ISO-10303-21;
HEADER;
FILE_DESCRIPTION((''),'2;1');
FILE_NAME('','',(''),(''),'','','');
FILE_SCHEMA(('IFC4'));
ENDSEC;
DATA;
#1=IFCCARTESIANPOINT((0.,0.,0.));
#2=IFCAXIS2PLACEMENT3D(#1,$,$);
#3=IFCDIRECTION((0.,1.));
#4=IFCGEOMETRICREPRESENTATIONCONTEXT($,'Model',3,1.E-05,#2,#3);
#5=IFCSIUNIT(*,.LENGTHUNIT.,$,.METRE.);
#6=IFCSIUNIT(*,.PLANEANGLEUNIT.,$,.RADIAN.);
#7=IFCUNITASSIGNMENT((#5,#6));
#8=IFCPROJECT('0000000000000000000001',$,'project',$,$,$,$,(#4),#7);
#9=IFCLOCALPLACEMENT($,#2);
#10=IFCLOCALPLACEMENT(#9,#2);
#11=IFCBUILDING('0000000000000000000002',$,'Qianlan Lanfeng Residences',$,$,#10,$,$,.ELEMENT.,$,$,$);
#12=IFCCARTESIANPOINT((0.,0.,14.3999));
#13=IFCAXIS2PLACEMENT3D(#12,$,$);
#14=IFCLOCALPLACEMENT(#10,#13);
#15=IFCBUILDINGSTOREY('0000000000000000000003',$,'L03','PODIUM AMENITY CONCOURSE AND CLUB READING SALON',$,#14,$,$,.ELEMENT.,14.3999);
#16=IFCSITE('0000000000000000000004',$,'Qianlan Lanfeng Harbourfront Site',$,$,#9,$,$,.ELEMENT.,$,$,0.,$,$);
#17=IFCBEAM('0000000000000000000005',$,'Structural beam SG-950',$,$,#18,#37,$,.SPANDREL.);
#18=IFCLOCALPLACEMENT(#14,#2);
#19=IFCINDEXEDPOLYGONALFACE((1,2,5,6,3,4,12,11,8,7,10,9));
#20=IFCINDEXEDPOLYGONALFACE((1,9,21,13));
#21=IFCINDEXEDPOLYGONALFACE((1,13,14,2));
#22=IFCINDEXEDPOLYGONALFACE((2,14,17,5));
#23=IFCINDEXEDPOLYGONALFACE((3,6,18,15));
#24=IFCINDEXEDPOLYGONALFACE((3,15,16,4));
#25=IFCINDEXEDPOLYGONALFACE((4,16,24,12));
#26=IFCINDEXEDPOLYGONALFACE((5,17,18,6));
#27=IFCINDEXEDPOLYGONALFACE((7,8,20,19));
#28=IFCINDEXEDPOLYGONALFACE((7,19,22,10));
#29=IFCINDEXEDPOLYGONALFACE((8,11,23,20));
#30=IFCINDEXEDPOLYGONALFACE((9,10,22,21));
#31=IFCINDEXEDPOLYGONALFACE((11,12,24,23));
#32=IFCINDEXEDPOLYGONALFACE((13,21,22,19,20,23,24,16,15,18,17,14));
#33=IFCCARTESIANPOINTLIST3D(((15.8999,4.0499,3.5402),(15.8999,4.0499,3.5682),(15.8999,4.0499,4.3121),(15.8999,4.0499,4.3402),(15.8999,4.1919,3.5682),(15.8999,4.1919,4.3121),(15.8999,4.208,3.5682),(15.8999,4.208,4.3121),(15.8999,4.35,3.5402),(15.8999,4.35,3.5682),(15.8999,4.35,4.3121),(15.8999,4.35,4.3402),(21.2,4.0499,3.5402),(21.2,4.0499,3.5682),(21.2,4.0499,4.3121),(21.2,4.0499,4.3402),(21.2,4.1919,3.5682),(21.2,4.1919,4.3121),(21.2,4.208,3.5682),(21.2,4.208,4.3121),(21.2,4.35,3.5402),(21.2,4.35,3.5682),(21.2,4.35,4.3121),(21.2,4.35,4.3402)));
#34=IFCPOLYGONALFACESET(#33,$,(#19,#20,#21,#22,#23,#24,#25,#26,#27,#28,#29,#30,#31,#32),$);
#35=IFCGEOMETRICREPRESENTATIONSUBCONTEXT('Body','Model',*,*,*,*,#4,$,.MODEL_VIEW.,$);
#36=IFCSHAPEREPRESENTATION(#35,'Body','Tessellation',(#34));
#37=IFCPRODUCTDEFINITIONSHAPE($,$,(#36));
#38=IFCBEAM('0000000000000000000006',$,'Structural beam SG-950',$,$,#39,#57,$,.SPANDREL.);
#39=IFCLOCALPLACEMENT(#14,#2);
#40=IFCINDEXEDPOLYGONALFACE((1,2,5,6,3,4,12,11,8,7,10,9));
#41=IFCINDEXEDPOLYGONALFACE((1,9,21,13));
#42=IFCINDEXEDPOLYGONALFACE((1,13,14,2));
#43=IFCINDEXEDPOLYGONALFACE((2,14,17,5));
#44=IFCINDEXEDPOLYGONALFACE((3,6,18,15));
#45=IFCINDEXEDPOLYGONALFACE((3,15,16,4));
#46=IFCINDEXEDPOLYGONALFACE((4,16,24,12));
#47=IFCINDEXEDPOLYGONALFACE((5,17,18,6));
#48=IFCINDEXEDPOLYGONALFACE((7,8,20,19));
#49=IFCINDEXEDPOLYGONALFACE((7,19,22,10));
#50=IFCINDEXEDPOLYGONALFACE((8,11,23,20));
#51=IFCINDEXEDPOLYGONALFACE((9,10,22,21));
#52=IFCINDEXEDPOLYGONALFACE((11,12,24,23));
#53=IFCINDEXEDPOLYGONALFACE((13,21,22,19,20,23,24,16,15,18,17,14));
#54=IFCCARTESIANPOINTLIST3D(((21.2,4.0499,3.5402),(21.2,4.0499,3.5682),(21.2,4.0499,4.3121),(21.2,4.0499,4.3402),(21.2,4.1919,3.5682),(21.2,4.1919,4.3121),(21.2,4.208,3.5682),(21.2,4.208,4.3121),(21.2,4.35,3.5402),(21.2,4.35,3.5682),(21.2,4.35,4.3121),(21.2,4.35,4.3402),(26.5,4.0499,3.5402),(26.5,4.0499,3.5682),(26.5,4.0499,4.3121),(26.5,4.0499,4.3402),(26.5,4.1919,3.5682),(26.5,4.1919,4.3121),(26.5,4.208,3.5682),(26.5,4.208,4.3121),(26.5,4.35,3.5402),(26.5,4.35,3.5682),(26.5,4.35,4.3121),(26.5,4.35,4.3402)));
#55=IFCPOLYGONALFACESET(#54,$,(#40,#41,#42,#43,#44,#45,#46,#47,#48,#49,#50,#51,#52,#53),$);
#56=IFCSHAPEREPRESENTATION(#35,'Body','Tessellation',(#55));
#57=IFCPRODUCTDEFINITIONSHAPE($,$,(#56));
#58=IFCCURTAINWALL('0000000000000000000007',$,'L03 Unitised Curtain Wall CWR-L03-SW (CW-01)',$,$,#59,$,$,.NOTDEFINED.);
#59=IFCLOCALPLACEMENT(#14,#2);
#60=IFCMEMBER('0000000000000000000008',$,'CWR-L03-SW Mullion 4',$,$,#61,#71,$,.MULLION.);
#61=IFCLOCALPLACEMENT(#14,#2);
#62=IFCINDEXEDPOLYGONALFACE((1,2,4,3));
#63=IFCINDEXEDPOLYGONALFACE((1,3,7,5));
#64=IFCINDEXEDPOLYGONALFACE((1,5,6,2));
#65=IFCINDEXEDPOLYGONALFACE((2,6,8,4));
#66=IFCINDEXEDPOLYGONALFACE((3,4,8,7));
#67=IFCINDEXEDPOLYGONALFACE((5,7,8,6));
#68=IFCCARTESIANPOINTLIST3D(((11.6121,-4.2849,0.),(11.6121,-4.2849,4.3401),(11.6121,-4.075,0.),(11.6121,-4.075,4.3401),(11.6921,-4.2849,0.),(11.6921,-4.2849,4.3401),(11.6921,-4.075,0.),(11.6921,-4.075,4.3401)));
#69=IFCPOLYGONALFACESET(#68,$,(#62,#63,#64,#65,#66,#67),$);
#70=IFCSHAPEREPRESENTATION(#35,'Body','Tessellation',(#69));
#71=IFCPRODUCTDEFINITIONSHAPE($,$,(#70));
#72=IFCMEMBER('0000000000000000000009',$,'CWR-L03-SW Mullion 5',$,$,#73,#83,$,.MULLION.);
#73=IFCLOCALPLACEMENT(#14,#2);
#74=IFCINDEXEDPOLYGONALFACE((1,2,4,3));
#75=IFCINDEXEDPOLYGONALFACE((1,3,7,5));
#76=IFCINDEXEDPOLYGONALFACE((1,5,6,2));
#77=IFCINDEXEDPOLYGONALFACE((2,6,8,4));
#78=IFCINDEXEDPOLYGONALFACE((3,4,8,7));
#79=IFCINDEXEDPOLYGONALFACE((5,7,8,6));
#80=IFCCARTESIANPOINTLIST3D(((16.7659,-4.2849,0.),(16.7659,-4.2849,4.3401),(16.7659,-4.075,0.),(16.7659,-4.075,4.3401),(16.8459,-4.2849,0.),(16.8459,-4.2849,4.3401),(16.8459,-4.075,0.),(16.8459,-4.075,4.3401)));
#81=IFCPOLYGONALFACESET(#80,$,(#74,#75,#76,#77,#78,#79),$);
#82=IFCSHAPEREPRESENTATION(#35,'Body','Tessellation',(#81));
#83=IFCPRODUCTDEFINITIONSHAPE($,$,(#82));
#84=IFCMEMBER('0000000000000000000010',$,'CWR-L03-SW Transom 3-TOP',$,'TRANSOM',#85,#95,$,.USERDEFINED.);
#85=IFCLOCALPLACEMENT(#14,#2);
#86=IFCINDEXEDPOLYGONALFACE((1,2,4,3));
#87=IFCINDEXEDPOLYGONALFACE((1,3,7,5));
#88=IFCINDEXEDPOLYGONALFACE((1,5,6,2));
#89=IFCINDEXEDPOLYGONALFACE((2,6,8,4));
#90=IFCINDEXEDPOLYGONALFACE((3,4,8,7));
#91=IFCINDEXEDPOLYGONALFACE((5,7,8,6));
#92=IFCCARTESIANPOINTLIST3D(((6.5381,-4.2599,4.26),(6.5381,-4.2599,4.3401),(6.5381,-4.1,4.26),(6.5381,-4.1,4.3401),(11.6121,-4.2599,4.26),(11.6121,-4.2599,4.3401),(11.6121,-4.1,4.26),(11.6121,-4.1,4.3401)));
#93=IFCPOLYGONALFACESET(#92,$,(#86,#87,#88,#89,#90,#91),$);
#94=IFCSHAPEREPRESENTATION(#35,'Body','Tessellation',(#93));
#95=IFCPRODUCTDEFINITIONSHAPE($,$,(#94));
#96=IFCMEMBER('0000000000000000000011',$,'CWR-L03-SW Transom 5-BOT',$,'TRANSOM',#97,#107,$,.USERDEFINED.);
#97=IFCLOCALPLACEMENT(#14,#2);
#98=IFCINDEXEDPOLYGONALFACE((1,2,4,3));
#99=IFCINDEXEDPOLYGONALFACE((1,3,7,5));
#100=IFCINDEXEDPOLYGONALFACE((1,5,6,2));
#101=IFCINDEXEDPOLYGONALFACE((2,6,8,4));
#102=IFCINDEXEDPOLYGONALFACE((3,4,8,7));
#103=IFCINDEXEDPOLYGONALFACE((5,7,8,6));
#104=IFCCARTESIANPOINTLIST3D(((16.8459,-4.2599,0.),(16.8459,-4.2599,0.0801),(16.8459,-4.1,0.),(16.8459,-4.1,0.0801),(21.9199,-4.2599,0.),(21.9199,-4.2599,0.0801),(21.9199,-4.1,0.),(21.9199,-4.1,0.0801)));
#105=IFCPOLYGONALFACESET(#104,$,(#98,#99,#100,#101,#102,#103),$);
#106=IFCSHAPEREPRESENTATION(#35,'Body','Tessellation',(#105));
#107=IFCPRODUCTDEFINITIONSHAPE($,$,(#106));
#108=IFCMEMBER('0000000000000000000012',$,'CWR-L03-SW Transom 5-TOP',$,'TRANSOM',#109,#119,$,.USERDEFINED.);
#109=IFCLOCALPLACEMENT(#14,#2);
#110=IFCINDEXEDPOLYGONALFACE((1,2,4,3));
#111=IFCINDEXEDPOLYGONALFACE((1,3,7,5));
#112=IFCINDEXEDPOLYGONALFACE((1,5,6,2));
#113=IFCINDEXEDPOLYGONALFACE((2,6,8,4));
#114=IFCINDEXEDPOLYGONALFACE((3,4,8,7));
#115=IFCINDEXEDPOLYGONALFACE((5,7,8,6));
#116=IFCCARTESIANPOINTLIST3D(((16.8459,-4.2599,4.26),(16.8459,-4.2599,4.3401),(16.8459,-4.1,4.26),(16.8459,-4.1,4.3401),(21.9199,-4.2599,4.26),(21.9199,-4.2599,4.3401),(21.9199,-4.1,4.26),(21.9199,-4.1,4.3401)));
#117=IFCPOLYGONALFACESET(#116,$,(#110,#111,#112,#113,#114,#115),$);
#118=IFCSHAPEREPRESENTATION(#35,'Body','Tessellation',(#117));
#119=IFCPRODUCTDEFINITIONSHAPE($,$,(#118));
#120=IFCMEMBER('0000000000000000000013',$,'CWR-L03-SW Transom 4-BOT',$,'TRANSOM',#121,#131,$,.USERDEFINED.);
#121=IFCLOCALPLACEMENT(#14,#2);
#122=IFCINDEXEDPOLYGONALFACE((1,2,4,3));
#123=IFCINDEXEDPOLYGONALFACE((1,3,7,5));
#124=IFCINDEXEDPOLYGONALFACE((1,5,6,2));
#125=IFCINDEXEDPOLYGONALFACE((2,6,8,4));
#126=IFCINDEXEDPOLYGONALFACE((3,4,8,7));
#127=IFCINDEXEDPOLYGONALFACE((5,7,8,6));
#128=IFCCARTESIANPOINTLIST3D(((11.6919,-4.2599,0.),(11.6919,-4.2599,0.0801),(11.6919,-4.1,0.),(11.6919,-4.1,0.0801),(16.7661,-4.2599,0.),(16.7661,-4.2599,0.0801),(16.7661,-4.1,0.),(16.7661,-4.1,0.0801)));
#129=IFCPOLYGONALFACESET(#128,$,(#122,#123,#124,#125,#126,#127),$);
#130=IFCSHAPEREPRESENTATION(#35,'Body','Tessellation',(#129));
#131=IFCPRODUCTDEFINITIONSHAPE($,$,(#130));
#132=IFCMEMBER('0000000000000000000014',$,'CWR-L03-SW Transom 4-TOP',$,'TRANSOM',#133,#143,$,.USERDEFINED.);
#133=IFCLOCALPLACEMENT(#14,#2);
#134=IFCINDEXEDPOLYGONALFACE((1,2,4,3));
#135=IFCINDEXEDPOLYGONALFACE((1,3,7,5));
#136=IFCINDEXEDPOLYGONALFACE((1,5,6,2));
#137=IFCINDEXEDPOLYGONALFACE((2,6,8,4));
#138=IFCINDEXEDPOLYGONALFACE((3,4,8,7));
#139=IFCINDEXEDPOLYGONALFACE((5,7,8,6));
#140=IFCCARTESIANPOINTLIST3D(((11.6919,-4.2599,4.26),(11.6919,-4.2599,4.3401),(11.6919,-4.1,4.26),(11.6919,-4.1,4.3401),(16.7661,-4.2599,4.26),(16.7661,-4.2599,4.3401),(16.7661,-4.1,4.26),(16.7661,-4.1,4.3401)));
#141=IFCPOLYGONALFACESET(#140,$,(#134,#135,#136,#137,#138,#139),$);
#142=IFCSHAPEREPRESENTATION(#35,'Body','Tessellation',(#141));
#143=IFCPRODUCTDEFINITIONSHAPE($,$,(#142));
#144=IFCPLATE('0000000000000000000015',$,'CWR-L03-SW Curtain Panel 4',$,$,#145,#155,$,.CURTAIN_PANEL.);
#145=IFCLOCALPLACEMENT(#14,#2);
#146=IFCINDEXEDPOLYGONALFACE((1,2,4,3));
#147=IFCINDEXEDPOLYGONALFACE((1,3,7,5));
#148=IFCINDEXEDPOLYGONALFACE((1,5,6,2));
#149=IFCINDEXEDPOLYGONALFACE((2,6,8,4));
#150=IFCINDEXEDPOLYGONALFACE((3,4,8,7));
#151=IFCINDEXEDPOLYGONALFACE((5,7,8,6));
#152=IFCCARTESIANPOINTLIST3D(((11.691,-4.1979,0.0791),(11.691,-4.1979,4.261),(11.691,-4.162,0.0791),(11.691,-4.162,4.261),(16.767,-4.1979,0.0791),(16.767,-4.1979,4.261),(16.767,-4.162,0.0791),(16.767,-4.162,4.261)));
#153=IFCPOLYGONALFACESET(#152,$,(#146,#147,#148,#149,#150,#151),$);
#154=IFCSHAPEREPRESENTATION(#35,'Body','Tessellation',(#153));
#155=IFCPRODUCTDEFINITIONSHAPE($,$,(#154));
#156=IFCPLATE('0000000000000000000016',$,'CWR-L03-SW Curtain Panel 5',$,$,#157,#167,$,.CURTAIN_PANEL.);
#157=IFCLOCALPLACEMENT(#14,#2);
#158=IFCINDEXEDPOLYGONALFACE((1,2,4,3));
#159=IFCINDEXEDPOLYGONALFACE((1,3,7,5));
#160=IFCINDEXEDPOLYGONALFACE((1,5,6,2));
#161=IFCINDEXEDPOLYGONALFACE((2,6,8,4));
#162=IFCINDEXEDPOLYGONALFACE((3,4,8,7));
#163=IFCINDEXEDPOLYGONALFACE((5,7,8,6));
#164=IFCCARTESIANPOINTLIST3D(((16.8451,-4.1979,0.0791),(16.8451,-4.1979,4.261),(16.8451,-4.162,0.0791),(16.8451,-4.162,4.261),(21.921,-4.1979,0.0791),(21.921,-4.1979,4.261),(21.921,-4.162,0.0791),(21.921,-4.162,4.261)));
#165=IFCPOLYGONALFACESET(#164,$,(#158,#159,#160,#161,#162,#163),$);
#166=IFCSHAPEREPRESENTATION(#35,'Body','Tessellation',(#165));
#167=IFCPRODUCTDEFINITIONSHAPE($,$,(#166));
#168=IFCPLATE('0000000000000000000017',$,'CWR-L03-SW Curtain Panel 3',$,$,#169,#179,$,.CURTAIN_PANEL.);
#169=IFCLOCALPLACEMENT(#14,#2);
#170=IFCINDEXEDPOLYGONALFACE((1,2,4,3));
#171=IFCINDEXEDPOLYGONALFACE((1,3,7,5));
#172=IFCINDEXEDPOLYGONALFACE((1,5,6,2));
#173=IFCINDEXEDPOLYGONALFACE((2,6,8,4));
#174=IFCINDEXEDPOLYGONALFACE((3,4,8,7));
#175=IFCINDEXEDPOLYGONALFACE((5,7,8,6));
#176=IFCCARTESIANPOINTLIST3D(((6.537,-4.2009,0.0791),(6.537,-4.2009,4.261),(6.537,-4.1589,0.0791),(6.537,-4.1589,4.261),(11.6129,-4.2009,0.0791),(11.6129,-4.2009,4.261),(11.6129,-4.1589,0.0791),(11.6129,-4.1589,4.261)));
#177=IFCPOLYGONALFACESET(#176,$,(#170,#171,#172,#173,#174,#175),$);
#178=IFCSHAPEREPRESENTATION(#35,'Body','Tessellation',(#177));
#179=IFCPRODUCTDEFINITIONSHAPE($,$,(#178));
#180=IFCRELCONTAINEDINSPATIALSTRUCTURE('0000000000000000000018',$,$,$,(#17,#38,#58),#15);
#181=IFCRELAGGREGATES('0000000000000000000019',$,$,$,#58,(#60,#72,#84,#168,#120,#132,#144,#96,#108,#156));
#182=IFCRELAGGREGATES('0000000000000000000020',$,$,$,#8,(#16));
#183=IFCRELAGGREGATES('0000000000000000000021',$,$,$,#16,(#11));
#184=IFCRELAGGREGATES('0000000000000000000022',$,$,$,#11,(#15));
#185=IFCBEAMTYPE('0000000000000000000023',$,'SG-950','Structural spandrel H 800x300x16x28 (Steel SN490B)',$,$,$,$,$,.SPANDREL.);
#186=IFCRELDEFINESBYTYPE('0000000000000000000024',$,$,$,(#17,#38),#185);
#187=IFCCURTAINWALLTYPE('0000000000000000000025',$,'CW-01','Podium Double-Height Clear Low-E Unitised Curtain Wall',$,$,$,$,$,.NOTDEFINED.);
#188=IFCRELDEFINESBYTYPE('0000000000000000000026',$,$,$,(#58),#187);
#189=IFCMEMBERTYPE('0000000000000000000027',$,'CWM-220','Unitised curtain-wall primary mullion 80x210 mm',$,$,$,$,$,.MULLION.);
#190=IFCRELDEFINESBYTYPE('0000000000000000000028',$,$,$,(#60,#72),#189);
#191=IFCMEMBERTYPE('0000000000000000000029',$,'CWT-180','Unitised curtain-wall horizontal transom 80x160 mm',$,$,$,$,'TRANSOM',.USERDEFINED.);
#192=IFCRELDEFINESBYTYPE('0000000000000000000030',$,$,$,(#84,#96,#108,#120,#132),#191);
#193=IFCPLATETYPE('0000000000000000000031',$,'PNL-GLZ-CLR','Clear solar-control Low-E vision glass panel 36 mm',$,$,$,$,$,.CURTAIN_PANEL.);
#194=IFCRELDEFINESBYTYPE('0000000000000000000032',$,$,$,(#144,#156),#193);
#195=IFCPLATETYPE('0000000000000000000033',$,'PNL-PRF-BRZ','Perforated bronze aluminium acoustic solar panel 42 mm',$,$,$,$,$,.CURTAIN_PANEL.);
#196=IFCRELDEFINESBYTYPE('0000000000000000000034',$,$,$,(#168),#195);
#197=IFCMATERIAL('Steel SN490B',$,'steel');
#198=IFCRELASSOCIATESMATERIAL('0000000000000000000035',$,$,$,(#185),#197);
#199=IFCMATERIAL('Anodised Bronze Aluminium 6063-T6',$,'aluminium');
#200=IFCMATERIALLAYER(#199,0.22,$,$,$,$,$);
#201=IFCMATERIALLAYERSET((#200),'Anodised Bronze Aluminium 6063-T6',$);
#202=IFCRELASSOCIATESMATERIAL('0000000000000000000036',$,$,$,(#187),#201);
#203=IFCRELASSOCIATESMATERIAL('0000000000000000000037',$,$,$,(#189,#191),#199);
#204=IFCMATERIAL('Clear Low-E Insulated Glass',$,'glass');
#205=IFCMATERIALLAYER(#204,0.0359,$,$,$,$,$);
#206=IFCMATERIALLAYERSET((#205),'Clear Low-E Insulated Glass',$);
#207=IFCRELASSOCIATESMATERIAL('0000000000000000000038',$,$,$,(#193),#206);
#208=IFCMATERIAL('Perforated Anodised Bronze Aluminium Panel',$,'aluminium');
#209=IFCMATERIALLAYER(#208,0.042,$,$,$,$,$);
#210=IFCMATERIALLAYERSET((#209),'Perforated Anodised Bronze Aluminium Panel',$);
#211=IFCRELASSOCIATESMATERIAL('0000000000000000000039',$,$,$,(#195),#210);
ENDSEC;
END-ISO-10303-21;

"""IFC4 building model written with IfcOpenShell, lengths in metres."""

from ifc_helpers import new_model, si_unit, direction, frame, origin, origin_2d, place, context, subcontext, project, spatial, rectangle, i_section, extrude, source, transform, mapped, material, layer, layer_set, material_profile, profile_set, type_object, element, aggregate, save


model = new_model("IFC4")

# Units and contexts
model_context = context("Model", 3, precision=1e-05, world=origin(), true_north=direction((0.0, 1.0)))
body_context = subcontext(model_context, "Body", "Model", "MODEL_VIEW")
ifc_project = project(units=[si_unit("LENGTHUNIT", "METRE"), si_unit("PLANEANGLEUNIT", "RADIAN")], contexts=[model_context])

# Site, building, storey
site_placement = place(None, origin())
site = spatial("IfcSite", under=ifc_project, at=site_placement, Name="Qianlan Lanfeng Harbourfront Site", CompositionType="ELEMENT", RefElevation=0.0)
building_placement = place(site_placement, origin())
building = spatial("IfcBuilding", under=site, at=building_placement, Name="Qianlan Lanfeng Residences", CompositionType="ELEMENT")
storey_placement = place(building_placement, frame((0.0, 0.0, 14.3999)))
storey = spatial("IfcBuildingStorey", under=building, at=storey_placement, Name="L03", Description="PODIUM AMENITY CONCOURSE AND CLUB READING SALON", CompositionType="ELEMENT", Elevation=14.3999)

# Beams
ifc_material_1 = material(Name="Steel SN490B", Category="steel")
ifc_material_profile_1 = material_profile(ifc_material_1, i_section(OverallWidth=0.3, OverallDepth=0.8, WebThickness=0.0161, FlangeThickness=0.0281, at=origin_2d()), Name="H 800x300x16x28")
ifc_profile_set_1 = profile_set([ifc_material_profile_1], Name="Steel SN490B")
beam_type_1 = type_object("IfcBeamType", Name="SG-950", Description="Structural spandrel H 800x300x16x28 (Steel SN490B)", PredefinedType="SPANDREL", material=ifc_profile_set_1)
for number, where, z_axis, x_axis, name in (
    (1, (15.8999, 4.2, 3.9402), (1.0, 0.0, 0.0), (0.0, 1.0, 0.0), "Structural beam SG-950"),
    (2, (21.2, 4.2, 3.9402), (1.0, 0.0, 0.0), (0.0, 1.0, 0.0), "Structural beam SG-950"),
):
    element("IfcBeam", number, at=place(storey_placement, frame(where, z_axis=z_axis, x_axis=x_axis)), inside=storey, type_object=beam_type_1, Name=name, PredefinedType="SPANDREL", context=body_context, shape_type="SweptSolid", body=[
        extrude(i_section(OverallWidth=0.3, OverallDepth=0.8, WebThickness=0.0161, FlangeThickness=0.0281, at=origin_2d()), origin(), (0.0, 0.0, 1.0), 5.3),
    ])

# Curtain wall, members, plates
ifc_material_2 = material(Name="Anodised Bronze Aluminium 6063-T6", Category="aluminium")
ifc_layer_1 = layer(ifc_material_2, 0.22)
ifc_layer_set_1 = layer_set([ifc_layer_1], Name="Anodised Bronze Aluminium 6063-T6")
curtain_wall_type = type_object("IfcCurtainWallType", Name="CW-01", Description="Podium Double-Height Clear Low-E Unitised Curtain Wall", PredefinedType="NOTDEFINED", material=ifc_layer_set_1)
curtain_wall_placement = place(storey_placement, origin())
curtain_wall = element("IfcCurtainWall", 3, at=curtain_wall_placement, inside=storey, type_object=curtain_wall_type, Name="L03 Unitised Curtain Wall CWR-L03-SW (CW-01)", PredefinedType="NOTDEFINED")
ifc_material_profile_2 = material_profile(ifc_material_2, rectangle(XDim=0.0801, YDim=0.21, at=origin_2d()), Name="ALU MULLION 80x210")
ifc_profile_set_2 = profile_set([ifc_material_profile_2], Name="Anodised Bronze Aluminium 6063-T6")
member_type_1 = type_object("IfcMemberType", Name="CWM-220", Description="Unitised curtain-wall primary mullion 80x210 mm", PredefinedType="MULLION", material=ifc_profile_set_2)
shared_shape_1 = source(origin(), body_context, "Body", "SweptSolid", [
    extrude(rectangle(XDim=0.0801, YDim=0.21, at=origin_2d()), origin(), (0.0, 0.0, 1.0), 4.3401),
])
member_1_placement = place(storey_placement, frame((11.6521, -4.1799, 0.0), z_axis=(0.0, 0.0, 1.0), x_axis=(1.0, 0.0, 0.0)))
member_1 = element("IfcMember", 4, at=member_1_placement, type_object=member_type_1, Name="CWR-L03-SW Mullion 4", PredefinedType="MULLION", context=body_context, shape_type="MappedRepresentation", body=[
    mapped(shared_shape_1, transform((0.0, 0.0, 0.0), scale=1.0)),
])
member_2_placement = place(storey_placement, frame((16.8059, -4.1799, 0.0), z_axis=(0.0, 0.0, 1.0), x_axis=(1.0, 0.0, 0.0)))
member_2 = element("IfcMember", 5, at=member_2_placement, type_object=member_type_1, Name="CWR-L03-SW Mullion 5", PredefinedType="MULLION", context=body_context, shape_type="MappedRepresentation", body=[
    mapped(shared_shape_1, transform((0.0, 0.0, 0.0), scale=1.0)),
])
ifc_material_profile_3 = material_profile(ifc_material_2, rectangle(XDim=0.0801, YDim=0.1599, at=origin_2d()), Name="ALU TRANSOM 80x160")
ifc_profile_set_3 = profile_set([ifc_material_profile_3], Name="Anodised Bronze Aluminium 6063-T6")
member_type_2 = type_object("IfcMemberType", Name="CWT-180", Description="Unitised curtain-wall horizontal transom 80x160 mm", ElementType="TRANSOM", PredefinedType="USERDEFINED", material=ifc_profile_set_3)
shared_shape_2 = source(origin(), body_context, "Body", "SweptSolid", [
    extrude(rectangle(XDim=0.0801, YDim=0.1599, at=origin_2d()), origin(), (0.0, 0.0, 1.0), 5.074),
])
member_3_placement = place(storey_placement, frame((6.5381, -4.1799, 4.3), z_axis=(1.0, 0.0, 0.0), x_axis=(0.0, 0.0, 1.0)))
member_3 = element("IfcMember", 6, at=member_3_placement, type_object=member_type_2, Name="CWR-L03-SW Transom 3-TOP", ObjectType="TRANSOM", PredefinedType="USERDEFINED", context=body_context, shape_type="MappedRepresentation", body=[
    mapped(shared_shape_2, transform((0.0, 0.0, 0.0), scale=1.0)),
])
member_4_placement = place(storey_placement, frame((16.8459, -4.1799, 0.04), z_axis=(1.0, 0.0, 0.0), x_axis=(0.0, 0.0, 1.0)))
member_4 = element("IfcMember", 7, at=member_4_placement, type_object=member_type_2, Name="CWR-L03-SW Transom 5-BOT", ObjectType="TRANSOM", PredefinedType="USERDEFINED", context=body_context, shape_type="MappedRepresentation", body=[
    mapped(shared_shape_2, transform((0.0, 0.0, 0.0), scale=1.0)),
])
member_5_placement = place(storey_placement, frame((16.8459, -4.1799, 4.3), z_axis=(1.0, 0.0, 0.0), x_axis=(0.0, 0.0, 1.0)))
member_5 = element("IfcMember", 8, at=member_5_placement, type_object=member_type_2, Name="CWR-L03-SW Transom 5-TOP", ObjectType="TRANSOM", PredefinedType="USERDEFINED", context=body_context, shape_type="MappedRepresentation", body=[
    mapped(shared_shape_2, transform((0.0, 0.0, 0.0), scale=1.0)),
])
shared_shape_3 = source(origin(), body_context, "Body", "SweptSolid", [
    extrude(rectangle(XDim=0.0801, YDim=0.1599, at=origin_2d()), origin(), (0.0, 0.0, 1.0), 5.0742),
])
member_6_placement = place(storey_placement, frame((11.6919, -4.1799, 0.04), z_axis=(1.0, 0.0, 0.0), x_axis=(0.0, 0.0, 1.0)))
member_6 = element("IfcMember", 9, at=member_6_placement, type_object=member_type_2, Name="CWR-L03-SW Transom 4-BOT", ObjectType="TRANSOM", PredefinedType="USERDEFINED", context=body_context, shape_type="MappedRepresentation", body=[
    mapped(shared_shape_3, transform((0.0, 0.0, 0.0), scale=1.0)),
])
member_7_placement = place(storey_placement, frame((11.6919, -4.1799, 4.3), z_axis=(1.0, 0.0, 0.0), x_axis=(0.0, 0.0, 1.0)))
member_7 = element("IfcMember", 10, at=member_7_placement, type_object=member_type_2, Name="CWR-L03-SW Transom 4-TOP", ObjectType="TRANSOM", PredefinedType="USERDEFINED", context=body_context, shape_type="MappedRepresentation", body=[
    mapped(shared_shape_3, transform((0.0, 0.0, 0.0), scale=1.0)),
])
ifc_material_3 = material(Name="Clear Low-E Insulated Glass", Category="glass")
ifc_layer_2 = layer(ifc_material_3, 0.0359)
ifc_layer_set_2 = layer_set([ifc_layer_2], Name="Clear Low-E Insulated Glass")
plate_type_1 = type_object("IfcPlateType", Name="PNL-GLZ-CLR", Description="Clear solar-control Low-E vision glass panel 36 mm", PredefinedType="CURTAIN_PANEL", material=ifc_layer_set_2)
shared_shape_4 = source(origin(), body_context, "Body", "SweptSolid", [
    extrude(rectangle(XDim=5.0759, YDim=0.0359, at=origin_2d()), origin(), (0.0, 0.0, 1.0), 4.1819),
])
plate_1_placement = place(storey_placement, frame((14.229, -4.1799, 0.0791), z_axis=(0.0, 0.0, 1.0), x_axis=(1.0, 0.0, 0.0)))
plate_1 = element("IfcPlate", 11, at=plate_1_placement, type_object=plate_type_1, Name="CWR-L03-SW Curtain Panel 4", PredefinedType="CURTAIN_PANEL", context=body_context, shape_type="MappedRepresentation", body=[
    mapped(shared_shape_4, transform((0.0, 0.0, 0.0), scale=1.0)),
])
plate_2_placement = place(storey_placement, frame((19.3831, -4.1799, 0.0791), z_axis=(0.0, 0.0, 1.0), x_axis=(1.0, 0.0, 0.0)))
plate_2 = element("IfcPlate", 12, at=plate_2_placement, type_object=plate_type_1, Name="CWR-L03-SW Curtain Panel 5", PredefinedType="CURTAIN_PANEL", context=body_context, shape_type="MappedRepresentation", body=[
    mapped(shared_shape_4, transform((0.0, 0.0, 0.0), scale=1.0)),
])
ifc_material_4 = material(Name="Perforated Anodised Bronze Aluminium Panel", Category="aluminium")
ifc_layer_3 = layer(ifc_material_4, 0.042)
ifc_layer_set_3 = layer_set([ifc_layer_3], Name="Perforated Anodised Bronze Aluminium Panel")
plate_type_2 = type_object("IfcPlateType", Name="PNL-PRF-BRZ", Description="Perforated bronze aluminium acoustic solar panel 42 mm", PredefinedType="CURTAIN_PANEL", material=ifc_layer_set_3)
shared_shape_5 = source(origin(), body_context, "Body", "SweptSolid", [
    extrude(rectangle(XDim=5.0759, YDim=0.042, at=origin_2d()), origin(), (0.0, 0.0, 1.0), 4.1819),
])
plate_3_placement = place(storey_placement, frame((9.075, -4.1799, 0.0791), z_axis=(0.0, 0.0, 1.0), x_axis=(1.0, 0.0, 0.0)))
plate_3 = element("IfcPlate", 13, at=plate_3_placement, type_object=plate_type_2, Name="CWR-L03-SW Curtain Panel 3", PredefinedType="CURTAIN_PANEL", context=body_context, shape_type="MappedRepresentation", body=[
    mapped(shared_shape_5, transform((0.0, 0.0, 0.0), scale=1.0)),
])
aggregate(curtain_wall, [member_1, member_2, member_3, plate_3, member_6, member_7, plate_1, member_4, member_5, plate_2])

save(model, "model.ifc")
